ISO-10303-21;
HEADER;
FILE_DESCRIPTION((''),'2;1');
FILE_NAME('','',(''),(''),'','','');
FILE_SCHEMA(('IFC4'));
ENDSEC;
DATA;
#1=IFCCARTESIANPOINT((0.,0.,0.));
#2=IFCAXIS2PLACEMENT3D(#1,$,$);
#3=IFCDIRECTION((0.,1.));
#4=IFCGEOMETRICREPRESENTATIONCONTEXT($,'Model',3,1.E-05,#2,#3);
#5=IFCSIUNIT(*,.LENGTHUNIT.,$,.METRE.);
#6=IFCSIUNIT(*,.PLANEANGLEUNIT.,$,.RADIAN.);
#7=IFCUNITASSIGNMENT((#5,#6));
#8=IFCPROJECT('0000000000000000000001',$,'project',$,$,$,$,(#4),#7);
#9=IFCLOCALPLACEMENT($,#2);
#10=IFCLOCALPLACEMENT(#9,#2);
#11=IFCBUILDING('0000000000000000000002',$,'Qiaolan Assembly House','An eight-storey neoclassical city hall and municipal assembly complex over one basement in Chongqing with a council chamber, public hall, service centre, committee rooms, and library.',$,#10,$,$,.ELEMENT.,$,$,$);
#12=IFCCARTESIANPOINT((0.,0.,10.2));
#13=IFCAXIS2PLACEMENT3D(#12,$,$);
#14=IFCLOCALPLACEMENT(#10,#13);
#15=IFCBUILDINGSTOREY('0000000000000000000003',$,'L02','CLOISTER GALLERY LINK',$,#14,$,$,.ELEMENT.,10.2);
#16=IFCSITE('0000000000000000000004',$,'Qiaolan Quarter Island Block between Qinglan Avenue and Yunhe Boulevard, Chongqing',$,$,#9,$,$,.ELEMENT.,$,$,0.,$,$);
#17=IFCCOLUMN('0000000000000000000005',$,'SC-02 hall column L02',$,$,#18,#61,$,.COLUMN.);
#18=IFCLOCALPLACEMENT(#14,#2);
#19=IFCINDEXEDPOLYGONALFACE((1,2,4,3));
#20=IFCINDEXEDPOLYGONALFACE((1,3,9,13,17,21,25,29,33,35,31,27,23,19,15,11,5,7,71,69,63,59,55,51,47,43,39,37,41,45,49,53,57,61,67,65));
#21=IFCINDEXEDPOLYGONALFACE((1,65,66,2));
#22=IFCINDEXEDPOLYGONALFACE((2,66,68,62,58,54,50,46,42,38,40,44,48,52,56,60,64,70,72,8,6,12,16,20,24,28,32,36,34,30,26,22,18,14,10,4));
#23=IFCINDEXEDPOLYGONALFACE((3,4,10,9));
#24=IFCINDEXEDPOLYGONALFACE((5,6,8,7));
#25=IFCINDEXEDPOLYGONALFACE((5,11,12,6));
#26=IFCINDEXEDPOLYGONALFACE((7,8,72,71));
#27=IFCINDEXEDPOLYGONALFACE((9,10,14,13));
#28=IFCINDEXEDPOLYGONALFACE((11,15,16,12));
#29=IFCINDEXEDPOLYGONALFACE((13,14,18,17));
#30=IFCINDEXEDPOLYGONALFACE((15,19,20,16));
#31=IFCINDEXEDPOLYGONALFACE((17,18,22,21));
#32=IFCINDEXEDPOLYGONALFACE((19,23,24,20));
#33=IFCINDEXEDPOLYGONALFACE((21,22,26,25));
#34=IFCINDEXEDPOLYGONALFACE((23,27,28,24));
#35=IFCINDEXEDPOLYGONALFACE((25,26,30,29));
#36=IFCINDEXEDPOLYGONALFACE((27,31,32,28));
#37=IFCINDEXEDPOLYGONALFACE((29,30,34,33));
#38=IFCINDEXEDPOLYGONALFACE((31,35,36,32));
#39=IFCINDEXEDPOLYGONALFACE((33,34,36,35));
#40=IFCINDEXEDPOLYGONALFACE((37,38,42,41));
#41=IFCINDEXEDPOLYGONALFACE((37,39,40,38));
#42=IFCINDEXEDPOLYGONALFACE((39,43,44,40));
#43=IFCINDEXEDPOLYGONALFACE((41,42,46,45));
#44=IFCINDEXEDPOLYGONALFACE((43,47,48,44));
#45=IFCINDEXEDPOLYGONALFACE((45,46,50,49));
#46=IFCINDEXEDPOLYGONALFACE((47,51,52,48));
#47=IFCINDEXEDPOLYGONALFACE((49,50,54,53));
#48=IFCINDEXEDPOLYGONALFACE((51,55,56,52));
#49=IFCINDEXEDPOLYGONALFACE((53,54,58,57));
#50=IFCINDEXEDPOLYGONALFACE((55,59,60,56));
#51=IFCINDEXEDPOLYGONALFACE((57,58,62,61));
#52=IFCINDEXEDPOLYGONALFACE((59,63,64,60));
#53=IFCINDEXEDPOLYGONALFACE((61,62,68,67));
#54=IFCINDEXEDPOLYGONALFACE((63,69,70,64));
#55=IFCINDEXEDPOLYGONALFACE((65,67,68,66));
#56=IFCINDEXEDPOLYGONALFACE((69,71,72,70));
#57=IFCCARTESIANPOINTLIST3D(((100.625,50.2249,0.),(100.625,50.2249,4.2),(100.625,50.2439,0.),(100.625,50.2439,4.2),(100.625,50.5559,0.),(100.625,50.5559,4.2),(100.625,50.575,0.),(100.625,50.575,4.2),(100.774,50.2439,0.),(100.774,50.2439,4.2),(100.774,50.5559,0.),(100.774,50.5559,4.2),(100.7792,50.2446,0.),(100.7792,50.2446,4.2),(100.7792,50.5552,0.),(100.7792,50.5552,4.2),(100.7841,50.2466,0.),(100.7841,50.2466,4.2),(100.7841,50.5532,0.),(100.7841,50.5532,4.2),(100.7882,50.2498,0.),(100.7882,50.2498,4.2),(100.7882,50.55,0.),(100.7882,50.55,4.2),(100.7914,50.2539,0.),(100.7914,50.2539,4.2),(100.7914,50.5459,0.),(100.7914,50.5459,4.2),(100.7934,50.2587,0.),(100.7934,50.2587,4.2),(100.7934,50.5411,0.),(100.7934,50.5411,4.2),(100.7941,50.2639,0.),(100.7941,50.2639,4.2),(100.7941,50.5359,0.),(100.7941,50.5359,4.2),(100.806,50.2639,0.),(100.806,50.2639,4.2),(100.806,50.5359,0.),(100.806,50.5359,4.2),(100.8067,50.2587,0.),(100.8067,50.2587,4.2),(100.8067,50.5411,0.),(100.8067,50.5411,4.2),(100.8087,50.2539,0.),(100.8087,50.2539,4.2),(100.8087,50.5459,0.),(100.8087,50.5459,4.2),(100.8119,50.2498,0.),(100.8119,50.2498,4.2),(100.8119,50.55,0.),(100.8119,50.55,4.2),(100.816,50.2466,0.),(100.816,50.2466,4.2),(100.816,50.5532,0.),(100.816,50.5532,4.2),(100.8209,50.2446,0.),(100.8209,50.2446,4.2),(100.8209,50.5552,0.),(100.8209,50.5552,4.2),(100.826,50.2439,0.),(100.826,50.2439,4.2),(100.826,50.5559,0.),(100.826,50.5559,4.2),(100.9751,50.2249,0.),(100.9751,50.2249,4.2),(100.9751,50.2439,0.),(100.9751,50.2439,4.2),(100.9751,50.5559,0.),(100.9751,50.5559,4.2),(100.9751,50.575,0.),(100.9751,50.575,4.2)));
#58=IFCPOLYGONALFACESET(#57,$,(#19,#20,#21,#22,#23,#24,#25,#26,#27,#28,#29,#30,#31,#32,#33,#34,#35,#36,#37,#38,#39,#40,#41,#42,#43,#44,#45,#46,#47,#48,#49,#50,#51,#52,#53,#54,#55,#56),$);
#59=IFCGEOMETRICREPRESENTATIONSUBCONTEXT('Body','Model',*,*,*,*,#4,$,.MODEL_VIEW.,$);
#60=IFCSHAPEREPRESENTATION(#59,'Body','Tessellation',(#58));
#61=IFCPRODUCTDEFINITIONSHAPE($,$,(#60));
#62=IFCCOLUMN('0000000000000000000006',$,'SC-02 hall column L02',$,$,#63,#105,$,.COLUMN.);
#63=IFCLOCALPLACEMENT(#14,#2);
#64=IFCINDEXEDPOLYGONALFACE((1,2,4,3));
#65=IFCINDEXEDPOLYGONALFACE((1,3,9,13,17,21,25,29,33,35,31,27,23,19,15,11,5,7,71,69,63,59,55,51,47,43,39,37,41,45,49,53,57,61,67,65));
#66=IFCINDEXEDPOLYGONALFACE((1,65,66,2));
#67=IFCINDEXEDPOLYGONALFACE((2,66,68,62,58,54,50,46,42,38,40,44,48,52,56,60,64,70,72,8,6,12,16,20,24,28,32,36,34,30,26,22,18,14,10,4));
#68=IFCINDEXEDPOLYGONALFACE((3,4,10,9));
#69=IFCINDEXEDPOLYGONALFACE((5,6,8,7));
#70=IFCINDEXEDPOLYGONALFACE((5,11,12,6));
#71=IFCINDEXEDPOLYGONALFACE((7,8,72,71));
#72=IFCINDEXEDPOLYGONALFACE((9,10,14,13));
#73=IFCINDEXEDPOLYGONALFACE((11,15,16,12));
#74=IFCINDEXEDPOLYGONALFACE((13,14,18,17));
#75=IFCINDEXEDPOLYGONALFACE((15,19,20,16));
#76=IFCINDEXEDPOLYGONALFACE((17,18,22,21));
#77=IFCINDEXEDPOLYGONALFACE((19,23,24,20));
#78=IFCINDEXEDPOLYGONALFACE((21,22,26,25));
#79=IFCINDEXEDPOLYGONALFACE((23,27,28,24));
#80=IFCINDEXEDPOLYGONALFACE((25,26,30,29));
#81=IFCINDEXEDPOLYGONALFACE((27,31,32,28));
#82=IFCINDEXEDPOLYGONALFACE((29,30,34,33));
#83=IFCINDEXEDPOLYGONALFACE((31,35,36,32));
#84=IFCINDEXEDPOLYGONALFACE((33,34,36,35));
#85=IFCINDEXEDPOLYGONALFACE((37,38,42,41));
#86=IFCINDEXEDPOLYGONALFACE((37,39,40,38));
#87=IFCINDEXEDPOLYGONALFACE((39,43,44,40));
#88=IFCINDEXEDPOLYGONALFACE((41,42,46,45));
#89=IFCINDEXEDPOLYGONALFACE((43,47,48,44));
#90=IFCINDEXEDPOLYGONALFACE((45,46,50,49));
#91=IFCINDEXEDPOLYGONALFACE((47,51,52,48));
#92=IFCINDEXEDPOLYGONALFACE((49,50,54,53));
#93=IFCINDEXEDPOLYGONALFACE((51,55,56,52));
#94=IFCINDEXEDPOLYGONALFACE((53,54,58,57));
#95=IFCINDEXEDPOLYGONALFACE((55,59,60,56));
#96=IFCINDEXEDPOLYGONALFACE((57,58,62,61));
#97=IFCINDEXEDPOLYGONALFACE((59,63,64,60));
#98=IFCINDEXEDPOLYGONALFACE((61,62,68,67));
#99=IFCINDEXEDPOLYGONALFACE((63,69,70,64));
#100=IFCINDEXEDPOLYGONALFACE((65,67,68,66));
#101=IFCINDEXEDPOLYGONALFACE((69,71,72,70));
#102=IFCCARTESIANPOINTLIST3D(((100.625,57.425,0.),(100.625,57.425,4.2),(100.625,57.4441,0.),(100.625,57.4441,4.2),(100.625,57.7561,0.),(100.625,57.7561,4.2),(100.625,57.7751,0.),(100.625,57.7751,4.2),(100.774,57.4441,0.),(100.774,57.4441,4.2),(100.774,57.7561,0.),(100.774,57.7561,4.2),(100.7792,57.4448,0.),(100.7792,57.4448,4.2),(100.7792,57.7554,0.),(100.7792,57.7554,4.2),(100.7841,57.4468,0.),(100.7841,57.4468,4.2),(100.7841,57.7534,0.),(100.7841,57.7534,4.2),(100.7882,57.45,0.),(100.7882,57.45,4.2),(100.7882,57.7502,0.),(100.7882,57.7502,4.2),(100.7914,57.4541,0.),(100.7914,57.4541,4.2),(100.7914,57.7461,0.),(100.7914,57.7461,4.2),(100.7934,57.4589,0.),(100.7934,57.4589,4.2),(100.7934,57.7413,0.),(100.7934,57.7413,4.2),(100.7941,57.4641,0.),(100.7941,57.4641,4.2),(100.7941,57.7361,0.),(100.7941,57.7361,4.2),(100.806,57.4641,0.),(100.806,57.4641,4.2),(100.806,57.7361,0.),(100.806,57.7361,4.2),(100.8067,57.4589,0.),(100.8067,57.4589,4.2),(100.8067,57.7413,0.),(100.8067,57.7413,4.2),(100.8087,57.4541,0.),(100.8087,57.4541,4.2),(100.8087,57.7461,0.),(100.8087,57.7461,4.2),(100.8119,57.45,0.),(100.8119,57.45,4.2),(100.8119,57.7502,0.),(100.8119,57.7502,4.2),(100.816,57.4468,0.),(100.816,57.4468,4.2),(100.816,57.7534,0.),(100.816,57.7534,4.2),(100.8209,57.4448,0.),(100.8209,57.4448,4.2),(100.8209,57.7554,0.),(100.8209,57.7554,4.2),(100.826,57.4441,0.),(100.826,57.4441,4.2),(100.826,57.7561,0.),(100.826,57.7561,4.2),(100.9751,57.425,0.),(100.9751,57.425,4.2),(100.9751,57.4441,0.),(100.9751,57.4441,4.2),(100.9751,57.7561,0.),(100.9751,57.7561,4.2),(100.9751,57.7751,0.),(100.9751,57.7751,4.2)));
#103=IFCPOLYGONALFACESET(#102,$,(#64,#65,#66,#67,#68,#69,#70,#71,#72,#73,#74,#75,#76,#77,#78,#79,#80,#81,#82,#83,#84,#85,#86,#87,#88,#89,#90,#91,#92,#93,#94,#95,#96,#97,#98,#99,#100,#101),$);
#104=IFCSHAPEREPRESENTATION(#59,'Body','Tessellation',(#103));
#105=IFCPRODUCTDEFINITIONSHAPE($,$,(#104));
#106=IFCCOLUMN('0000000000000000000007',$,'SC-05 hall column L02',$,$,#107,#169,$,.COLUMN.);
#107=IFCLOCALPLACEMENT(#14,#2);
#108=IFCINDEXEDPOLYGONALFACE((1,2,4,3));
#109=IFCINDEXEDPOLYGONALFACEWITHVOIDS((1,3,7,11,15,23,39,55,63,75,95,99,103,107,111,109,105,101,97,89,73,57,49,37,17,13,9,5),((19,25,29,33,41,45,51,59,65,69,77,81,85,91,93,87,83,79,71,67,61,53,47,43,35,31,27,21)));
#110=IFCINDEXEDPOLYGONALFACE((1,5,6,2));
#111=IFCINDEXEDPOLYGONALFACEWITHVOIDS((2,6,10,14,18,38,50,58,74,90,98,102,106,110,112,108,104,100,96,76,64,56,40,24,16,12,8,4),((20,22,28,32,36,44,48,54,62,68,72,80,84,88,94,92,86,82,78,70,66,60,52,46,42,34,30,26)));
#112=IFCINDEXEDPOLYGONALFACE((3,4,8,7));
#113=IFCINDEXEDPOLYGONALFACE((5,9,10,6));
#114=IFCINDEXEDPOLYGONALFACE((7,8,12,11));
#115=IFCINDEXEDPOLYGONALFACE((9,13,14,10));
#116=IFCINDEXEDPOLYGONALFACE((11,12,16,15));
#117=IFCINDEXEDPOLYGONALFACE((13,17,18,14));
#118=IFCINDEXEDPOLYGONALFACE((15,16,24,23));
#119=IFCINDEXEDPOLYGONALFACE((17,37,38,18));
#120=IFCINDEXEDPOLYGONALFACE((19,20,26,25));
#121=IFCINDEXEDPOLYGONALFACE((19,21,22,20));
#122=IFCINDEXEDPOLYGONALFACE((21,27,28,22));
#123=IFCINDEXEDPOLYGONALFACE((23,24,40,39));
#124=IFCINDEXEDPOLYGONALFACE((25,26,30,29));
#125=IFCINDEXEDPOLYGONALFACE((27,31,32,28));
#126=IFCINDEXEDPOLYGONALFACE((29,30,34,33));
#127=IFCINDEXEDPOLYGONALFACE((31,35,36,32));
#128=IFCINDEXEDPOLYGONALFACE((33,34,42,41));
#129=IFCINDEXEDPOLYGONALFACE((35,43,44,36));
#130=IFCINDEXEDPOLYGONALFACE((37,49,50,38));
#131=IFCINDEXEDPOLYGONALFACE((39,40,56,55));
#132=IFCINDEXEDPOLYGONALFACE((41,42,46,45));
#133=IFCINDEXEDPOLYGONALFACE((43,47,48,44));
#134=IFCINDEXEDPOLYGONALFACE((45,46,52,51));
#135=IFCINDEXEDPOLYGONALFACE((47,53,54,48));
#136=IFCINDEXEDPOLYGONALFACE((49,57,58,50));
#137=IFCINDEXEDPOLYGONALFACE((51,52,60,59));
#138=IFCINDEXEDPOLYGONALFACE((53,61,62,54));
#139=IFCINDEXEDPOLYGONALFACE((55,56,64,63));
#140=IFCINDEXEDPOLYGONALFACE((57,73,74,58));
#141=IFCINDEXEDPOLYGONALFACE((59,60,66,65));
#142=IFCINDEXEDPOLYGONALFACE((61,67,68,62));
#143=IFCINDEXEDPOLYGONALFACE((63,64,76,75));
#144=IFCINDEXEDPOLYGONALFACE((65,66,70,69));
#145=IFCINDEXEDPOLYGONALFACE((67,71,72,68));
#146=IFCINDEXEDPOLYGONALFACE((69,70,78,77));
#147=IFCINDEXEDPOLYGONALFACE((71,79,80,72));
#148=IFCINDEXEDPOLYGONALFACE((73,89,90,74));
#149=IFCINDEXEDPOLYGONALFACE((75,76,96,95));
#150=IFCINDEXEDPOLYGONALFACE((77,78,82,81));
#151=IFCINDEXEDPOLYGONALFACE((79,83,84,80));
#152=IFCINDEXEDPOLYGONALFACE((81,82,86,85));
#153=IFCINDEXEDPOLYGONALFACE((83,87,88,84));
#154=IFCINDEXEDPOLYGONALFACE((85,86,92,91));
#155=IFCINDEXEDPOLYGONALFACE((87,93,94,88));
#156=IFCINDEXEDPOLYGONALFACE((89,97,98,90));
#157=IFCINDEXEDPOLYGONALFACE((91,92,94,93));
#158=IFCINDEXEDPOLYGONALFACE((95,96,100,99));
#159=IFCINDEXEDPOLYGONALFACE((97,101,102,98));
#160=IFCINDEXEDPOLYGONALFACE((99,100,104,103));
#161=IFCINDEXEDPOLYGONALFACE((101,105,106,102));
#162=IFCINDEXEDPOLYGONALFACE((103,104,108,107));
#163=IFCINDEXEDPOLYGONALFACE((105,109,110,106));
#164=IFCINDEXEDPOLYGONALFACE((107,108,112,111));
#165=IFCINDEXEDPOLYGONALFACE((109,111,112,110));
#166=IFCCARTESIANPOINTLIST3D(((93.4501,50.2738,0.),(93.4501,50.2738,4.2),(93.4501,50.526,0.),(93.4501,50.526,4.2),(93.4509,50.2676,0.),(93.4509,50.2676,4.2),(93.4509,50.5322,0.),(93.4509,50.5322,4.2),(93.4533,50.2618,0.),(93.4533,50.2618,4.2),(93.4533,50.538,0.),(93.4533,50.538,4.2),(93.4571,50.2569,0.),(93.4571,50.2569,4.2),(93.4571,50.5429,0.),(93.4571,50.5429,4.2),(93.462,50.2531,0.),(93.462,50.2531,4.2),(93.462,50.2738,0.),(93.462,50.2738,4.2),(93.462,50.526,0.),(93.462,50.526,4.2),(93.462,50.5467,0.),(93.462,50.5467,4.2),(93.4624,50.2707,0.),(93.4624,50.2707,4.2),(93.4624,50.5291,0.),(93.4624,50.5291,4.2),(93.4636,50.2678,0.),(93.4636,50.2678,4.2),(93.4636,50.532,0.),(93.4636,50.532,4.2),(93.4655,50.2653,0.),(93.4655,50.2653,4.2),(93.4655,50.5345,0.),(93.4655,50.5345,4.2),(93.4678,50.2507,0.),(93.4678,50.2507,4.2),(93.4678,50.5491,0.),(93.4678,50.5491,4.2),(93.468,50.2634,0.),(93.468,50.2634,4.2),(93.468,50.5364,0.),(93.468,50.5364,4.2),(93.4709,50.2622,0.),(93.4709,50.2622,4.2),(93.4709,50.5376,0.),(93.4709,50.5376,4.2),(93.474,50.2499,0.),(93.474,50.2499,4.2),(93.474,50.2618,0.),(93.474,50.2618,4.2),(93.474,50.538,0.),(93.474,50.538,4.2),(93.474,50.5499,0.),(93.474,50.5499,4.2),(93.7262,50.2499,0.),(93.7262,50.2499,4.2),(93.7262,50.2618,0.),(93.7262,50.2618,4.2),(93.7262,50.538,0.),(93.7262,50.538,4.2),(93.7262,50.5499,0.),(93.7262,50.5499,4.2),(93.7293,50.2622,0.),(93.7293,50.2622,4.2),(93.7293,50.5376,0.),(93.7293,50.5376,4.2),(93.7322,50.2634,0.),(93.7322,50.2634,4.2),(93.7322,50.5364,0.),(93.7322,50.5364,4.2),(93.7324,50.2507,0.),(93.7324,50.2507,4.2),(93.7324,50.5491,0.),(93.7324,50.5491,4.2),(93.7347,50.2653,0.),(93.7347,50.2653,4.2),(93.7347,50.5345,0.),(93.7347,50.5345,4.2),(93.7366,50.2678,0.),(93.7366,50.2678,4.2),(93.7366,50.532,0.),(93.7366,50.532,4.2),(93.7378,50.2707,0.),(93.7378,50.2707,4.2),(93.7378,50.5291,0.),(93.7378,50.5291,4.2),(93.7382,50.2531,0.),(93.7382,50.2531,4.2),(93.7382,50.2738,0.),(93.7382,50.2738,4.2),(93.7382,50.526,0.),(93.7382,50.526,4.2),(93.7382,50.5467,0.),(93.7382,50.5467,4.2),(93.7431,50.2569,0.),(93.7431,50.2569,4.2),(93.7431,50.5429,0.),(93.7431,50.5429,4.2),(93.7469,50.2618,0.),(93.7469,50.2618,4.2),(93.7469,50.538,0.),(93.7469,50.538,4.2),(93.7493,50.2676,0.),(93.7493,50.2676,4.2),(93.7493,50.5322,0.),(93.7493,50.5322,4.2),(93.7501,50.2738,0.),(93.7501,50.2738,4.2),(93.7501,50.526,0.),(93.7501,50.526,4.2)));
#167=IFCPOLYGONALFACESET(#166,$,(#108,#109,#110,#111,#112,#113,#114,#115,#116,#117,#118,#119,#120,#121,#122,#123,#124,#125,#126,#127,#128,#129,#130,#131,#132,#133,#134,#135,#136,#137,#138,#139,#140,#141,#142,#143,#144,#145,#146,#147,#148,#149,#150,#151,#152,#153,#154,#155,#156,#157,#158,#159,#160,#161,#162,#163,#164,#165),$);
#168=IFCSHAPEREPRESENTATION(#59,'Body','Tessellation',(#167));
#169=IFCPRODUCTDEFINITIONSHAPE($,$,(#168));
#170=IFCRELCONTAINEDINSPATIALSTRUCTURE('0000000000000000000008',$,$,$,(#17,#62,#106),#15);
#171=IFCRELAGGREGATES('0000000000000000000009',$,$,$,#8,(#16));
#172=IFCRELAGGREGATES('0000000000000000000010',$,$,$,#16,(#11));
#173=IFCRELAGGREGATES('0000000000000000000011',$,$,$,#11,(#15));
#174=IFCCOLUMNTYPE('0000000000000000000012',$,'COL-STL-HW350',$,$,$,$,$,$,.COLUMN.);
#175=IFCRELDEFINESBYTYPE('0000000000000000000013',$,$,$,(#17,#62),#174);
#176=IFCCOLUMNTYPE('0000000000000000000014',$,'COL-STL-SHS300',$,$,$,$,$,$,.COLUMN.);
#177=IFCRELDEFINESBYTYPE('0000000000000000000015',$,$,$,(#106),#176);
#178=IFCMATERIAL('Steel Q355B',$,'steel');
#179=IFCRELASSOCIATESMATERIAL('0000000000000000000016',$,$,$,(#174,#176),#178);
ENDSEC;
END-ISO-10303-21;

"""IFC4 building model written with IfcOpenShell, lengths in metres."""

from ifc_helpers import new_model, si_unit, direction, frame, origin, origin_2d, place, context, subcontext, project, spatial, hollow_rectangle, i_section, extrude, material, material_profile, profile_set, type_object, element, save


model = new_model("IFC4")

# Units and contexts
model_context = context("Model", 3, precision=1e-05, world=origin(), true_north=direction((0.0, 1.0)))
body_context = subcontext(model_context, "Body", "Model", "MODEL_VIEW")
ifc_project = project(units=[si_unit("LENGTHUNIT", "METRE"), si_unit("PLANEANGLEUNIT", "RADIAN")], contexts=[model_context])

# Site, building, storey
site_placement = place(None, origin())
site = spatial("IfcSite", under=ifc_project, at=site_placement, Name="Qiaolan Quarter Island Block between Qinglan Avenue and Yunhe Boulevard, Chongqing", CompositionType="ELEMENT", RefElevation=0.0)
building_placement = place(site_placement, origin())
building = spatial("IfcBuilding", under=site, at=building_placement, Name="Qiaolan Assembly House", Description="An eight-storey neoclassical city hall and municipal assembly complex over one basement in Chongqing with a council chamber, public hall, service centre, committee rooms, and library.", CompositionType="ELEMENT")
storey_placement = place(building_placement, frame((0.0, 0.0, 10.2)))
storey = spatial("IfcBuildingStorey", under=building, at=storey_placement, Name="L02", Description="CLOISTER GALLERY LINK", CompositionType="ELEMENT", Elevation=10.2)

# Columns
ifc_material_1 = material(Name="Steel Q355B", Category="steel")
ifc_material_profile_1 = material_profile(ifc_material_1, i_section(OverallWidth=0.3501, OverallDepth=0.3501, WebThickness=0.012, FlangeThickness=0.019, FilletRadius=0.02, at=origin_2d()), Name="HW 350x350x12x19")
ifc_profile_set_1 = profile_set([ifc_material_profile_1], Name="Steel Q355B")
column_type_1 = type_object("IfcColumnType", Name="COL-STL-HW350", PredefinedType="COLUMN", material=ifc_profile_set_1)
for number, where, z_axis, x_axis, name in (
    (1, (100.8, 50.3999, 0.0), (0.0, 0.0, 1.0), (1.0, 0.0, 0.0), "SC-02 hall column L02"),
    (2, (100.8, 57.6001, 0.0), (0.0, 0.0, 1.0), (1.0, 0.0, 0.0), "SC-02 hall column L02"),
):
    element("IfcColumn", number, at=place(storey_placement, frame(where, z_axis=z_axis, x_axis=x_axis)), inside=storey, type_object=column_type_1, Name=name, PredefinedType="COLUMN", context=body_context, shape_type="SweptSolid", body=[
        extrude(i_section(OverallWidth=0.3501, OverallDepth=0.3501, WebThickness=0.012, FlangeThickness=0.019, FilletRadius=0.02, at=origin_2d()), origin(), (0.0, 0.0, 1.0), 4.2),
    ])
ifc_material_profile_2 = material_profile(ifc_material_1, hollow_rectangle(XDim=0.3, YDim=0.3, WallThickness=0.012, InnerFilletRadius=0.012, OuterFilletRadius=0.0239, at=origin_2d()), Name="SHS 300x300x12")
ifc_profile_set_2 = profile_set([ifc_material_profile_2], Name="Steel Q355B")
column_type_2 = type_object("IfcColumnType", Name="COL-STL-SHS300", PredefinedType="COLUMN", material=ifc_profile_set_2)
for number, where, z_axis, x_axis, name in (
    (3, (93.6001, 50.3999, 0.0), (0.0, 0.0, 1.0), (1.0, 0.0, 0.0), "SC-05 hall column L02"),
):
    element("IfcColumn", number, at=place(storey_placement, frame(where, z_axis=z_axis, x_axis=x_axis)), inside=storey, type_object=column_type_2, Name=name, PredefinedType="COLUMN", context=body_context, shape_type="SweptSolid", body=[
        extrude(hollow_rectangle(XDim=0.3, YDim=0.3, WallThickness=0.012, InnerFilletRadius=0.012, OuterFilletRadius=0.0239, at=origin_2d()), origin(), (0.0, 0.0, 1.0), 4.2),
    ])

save(model, "model.ifc")
